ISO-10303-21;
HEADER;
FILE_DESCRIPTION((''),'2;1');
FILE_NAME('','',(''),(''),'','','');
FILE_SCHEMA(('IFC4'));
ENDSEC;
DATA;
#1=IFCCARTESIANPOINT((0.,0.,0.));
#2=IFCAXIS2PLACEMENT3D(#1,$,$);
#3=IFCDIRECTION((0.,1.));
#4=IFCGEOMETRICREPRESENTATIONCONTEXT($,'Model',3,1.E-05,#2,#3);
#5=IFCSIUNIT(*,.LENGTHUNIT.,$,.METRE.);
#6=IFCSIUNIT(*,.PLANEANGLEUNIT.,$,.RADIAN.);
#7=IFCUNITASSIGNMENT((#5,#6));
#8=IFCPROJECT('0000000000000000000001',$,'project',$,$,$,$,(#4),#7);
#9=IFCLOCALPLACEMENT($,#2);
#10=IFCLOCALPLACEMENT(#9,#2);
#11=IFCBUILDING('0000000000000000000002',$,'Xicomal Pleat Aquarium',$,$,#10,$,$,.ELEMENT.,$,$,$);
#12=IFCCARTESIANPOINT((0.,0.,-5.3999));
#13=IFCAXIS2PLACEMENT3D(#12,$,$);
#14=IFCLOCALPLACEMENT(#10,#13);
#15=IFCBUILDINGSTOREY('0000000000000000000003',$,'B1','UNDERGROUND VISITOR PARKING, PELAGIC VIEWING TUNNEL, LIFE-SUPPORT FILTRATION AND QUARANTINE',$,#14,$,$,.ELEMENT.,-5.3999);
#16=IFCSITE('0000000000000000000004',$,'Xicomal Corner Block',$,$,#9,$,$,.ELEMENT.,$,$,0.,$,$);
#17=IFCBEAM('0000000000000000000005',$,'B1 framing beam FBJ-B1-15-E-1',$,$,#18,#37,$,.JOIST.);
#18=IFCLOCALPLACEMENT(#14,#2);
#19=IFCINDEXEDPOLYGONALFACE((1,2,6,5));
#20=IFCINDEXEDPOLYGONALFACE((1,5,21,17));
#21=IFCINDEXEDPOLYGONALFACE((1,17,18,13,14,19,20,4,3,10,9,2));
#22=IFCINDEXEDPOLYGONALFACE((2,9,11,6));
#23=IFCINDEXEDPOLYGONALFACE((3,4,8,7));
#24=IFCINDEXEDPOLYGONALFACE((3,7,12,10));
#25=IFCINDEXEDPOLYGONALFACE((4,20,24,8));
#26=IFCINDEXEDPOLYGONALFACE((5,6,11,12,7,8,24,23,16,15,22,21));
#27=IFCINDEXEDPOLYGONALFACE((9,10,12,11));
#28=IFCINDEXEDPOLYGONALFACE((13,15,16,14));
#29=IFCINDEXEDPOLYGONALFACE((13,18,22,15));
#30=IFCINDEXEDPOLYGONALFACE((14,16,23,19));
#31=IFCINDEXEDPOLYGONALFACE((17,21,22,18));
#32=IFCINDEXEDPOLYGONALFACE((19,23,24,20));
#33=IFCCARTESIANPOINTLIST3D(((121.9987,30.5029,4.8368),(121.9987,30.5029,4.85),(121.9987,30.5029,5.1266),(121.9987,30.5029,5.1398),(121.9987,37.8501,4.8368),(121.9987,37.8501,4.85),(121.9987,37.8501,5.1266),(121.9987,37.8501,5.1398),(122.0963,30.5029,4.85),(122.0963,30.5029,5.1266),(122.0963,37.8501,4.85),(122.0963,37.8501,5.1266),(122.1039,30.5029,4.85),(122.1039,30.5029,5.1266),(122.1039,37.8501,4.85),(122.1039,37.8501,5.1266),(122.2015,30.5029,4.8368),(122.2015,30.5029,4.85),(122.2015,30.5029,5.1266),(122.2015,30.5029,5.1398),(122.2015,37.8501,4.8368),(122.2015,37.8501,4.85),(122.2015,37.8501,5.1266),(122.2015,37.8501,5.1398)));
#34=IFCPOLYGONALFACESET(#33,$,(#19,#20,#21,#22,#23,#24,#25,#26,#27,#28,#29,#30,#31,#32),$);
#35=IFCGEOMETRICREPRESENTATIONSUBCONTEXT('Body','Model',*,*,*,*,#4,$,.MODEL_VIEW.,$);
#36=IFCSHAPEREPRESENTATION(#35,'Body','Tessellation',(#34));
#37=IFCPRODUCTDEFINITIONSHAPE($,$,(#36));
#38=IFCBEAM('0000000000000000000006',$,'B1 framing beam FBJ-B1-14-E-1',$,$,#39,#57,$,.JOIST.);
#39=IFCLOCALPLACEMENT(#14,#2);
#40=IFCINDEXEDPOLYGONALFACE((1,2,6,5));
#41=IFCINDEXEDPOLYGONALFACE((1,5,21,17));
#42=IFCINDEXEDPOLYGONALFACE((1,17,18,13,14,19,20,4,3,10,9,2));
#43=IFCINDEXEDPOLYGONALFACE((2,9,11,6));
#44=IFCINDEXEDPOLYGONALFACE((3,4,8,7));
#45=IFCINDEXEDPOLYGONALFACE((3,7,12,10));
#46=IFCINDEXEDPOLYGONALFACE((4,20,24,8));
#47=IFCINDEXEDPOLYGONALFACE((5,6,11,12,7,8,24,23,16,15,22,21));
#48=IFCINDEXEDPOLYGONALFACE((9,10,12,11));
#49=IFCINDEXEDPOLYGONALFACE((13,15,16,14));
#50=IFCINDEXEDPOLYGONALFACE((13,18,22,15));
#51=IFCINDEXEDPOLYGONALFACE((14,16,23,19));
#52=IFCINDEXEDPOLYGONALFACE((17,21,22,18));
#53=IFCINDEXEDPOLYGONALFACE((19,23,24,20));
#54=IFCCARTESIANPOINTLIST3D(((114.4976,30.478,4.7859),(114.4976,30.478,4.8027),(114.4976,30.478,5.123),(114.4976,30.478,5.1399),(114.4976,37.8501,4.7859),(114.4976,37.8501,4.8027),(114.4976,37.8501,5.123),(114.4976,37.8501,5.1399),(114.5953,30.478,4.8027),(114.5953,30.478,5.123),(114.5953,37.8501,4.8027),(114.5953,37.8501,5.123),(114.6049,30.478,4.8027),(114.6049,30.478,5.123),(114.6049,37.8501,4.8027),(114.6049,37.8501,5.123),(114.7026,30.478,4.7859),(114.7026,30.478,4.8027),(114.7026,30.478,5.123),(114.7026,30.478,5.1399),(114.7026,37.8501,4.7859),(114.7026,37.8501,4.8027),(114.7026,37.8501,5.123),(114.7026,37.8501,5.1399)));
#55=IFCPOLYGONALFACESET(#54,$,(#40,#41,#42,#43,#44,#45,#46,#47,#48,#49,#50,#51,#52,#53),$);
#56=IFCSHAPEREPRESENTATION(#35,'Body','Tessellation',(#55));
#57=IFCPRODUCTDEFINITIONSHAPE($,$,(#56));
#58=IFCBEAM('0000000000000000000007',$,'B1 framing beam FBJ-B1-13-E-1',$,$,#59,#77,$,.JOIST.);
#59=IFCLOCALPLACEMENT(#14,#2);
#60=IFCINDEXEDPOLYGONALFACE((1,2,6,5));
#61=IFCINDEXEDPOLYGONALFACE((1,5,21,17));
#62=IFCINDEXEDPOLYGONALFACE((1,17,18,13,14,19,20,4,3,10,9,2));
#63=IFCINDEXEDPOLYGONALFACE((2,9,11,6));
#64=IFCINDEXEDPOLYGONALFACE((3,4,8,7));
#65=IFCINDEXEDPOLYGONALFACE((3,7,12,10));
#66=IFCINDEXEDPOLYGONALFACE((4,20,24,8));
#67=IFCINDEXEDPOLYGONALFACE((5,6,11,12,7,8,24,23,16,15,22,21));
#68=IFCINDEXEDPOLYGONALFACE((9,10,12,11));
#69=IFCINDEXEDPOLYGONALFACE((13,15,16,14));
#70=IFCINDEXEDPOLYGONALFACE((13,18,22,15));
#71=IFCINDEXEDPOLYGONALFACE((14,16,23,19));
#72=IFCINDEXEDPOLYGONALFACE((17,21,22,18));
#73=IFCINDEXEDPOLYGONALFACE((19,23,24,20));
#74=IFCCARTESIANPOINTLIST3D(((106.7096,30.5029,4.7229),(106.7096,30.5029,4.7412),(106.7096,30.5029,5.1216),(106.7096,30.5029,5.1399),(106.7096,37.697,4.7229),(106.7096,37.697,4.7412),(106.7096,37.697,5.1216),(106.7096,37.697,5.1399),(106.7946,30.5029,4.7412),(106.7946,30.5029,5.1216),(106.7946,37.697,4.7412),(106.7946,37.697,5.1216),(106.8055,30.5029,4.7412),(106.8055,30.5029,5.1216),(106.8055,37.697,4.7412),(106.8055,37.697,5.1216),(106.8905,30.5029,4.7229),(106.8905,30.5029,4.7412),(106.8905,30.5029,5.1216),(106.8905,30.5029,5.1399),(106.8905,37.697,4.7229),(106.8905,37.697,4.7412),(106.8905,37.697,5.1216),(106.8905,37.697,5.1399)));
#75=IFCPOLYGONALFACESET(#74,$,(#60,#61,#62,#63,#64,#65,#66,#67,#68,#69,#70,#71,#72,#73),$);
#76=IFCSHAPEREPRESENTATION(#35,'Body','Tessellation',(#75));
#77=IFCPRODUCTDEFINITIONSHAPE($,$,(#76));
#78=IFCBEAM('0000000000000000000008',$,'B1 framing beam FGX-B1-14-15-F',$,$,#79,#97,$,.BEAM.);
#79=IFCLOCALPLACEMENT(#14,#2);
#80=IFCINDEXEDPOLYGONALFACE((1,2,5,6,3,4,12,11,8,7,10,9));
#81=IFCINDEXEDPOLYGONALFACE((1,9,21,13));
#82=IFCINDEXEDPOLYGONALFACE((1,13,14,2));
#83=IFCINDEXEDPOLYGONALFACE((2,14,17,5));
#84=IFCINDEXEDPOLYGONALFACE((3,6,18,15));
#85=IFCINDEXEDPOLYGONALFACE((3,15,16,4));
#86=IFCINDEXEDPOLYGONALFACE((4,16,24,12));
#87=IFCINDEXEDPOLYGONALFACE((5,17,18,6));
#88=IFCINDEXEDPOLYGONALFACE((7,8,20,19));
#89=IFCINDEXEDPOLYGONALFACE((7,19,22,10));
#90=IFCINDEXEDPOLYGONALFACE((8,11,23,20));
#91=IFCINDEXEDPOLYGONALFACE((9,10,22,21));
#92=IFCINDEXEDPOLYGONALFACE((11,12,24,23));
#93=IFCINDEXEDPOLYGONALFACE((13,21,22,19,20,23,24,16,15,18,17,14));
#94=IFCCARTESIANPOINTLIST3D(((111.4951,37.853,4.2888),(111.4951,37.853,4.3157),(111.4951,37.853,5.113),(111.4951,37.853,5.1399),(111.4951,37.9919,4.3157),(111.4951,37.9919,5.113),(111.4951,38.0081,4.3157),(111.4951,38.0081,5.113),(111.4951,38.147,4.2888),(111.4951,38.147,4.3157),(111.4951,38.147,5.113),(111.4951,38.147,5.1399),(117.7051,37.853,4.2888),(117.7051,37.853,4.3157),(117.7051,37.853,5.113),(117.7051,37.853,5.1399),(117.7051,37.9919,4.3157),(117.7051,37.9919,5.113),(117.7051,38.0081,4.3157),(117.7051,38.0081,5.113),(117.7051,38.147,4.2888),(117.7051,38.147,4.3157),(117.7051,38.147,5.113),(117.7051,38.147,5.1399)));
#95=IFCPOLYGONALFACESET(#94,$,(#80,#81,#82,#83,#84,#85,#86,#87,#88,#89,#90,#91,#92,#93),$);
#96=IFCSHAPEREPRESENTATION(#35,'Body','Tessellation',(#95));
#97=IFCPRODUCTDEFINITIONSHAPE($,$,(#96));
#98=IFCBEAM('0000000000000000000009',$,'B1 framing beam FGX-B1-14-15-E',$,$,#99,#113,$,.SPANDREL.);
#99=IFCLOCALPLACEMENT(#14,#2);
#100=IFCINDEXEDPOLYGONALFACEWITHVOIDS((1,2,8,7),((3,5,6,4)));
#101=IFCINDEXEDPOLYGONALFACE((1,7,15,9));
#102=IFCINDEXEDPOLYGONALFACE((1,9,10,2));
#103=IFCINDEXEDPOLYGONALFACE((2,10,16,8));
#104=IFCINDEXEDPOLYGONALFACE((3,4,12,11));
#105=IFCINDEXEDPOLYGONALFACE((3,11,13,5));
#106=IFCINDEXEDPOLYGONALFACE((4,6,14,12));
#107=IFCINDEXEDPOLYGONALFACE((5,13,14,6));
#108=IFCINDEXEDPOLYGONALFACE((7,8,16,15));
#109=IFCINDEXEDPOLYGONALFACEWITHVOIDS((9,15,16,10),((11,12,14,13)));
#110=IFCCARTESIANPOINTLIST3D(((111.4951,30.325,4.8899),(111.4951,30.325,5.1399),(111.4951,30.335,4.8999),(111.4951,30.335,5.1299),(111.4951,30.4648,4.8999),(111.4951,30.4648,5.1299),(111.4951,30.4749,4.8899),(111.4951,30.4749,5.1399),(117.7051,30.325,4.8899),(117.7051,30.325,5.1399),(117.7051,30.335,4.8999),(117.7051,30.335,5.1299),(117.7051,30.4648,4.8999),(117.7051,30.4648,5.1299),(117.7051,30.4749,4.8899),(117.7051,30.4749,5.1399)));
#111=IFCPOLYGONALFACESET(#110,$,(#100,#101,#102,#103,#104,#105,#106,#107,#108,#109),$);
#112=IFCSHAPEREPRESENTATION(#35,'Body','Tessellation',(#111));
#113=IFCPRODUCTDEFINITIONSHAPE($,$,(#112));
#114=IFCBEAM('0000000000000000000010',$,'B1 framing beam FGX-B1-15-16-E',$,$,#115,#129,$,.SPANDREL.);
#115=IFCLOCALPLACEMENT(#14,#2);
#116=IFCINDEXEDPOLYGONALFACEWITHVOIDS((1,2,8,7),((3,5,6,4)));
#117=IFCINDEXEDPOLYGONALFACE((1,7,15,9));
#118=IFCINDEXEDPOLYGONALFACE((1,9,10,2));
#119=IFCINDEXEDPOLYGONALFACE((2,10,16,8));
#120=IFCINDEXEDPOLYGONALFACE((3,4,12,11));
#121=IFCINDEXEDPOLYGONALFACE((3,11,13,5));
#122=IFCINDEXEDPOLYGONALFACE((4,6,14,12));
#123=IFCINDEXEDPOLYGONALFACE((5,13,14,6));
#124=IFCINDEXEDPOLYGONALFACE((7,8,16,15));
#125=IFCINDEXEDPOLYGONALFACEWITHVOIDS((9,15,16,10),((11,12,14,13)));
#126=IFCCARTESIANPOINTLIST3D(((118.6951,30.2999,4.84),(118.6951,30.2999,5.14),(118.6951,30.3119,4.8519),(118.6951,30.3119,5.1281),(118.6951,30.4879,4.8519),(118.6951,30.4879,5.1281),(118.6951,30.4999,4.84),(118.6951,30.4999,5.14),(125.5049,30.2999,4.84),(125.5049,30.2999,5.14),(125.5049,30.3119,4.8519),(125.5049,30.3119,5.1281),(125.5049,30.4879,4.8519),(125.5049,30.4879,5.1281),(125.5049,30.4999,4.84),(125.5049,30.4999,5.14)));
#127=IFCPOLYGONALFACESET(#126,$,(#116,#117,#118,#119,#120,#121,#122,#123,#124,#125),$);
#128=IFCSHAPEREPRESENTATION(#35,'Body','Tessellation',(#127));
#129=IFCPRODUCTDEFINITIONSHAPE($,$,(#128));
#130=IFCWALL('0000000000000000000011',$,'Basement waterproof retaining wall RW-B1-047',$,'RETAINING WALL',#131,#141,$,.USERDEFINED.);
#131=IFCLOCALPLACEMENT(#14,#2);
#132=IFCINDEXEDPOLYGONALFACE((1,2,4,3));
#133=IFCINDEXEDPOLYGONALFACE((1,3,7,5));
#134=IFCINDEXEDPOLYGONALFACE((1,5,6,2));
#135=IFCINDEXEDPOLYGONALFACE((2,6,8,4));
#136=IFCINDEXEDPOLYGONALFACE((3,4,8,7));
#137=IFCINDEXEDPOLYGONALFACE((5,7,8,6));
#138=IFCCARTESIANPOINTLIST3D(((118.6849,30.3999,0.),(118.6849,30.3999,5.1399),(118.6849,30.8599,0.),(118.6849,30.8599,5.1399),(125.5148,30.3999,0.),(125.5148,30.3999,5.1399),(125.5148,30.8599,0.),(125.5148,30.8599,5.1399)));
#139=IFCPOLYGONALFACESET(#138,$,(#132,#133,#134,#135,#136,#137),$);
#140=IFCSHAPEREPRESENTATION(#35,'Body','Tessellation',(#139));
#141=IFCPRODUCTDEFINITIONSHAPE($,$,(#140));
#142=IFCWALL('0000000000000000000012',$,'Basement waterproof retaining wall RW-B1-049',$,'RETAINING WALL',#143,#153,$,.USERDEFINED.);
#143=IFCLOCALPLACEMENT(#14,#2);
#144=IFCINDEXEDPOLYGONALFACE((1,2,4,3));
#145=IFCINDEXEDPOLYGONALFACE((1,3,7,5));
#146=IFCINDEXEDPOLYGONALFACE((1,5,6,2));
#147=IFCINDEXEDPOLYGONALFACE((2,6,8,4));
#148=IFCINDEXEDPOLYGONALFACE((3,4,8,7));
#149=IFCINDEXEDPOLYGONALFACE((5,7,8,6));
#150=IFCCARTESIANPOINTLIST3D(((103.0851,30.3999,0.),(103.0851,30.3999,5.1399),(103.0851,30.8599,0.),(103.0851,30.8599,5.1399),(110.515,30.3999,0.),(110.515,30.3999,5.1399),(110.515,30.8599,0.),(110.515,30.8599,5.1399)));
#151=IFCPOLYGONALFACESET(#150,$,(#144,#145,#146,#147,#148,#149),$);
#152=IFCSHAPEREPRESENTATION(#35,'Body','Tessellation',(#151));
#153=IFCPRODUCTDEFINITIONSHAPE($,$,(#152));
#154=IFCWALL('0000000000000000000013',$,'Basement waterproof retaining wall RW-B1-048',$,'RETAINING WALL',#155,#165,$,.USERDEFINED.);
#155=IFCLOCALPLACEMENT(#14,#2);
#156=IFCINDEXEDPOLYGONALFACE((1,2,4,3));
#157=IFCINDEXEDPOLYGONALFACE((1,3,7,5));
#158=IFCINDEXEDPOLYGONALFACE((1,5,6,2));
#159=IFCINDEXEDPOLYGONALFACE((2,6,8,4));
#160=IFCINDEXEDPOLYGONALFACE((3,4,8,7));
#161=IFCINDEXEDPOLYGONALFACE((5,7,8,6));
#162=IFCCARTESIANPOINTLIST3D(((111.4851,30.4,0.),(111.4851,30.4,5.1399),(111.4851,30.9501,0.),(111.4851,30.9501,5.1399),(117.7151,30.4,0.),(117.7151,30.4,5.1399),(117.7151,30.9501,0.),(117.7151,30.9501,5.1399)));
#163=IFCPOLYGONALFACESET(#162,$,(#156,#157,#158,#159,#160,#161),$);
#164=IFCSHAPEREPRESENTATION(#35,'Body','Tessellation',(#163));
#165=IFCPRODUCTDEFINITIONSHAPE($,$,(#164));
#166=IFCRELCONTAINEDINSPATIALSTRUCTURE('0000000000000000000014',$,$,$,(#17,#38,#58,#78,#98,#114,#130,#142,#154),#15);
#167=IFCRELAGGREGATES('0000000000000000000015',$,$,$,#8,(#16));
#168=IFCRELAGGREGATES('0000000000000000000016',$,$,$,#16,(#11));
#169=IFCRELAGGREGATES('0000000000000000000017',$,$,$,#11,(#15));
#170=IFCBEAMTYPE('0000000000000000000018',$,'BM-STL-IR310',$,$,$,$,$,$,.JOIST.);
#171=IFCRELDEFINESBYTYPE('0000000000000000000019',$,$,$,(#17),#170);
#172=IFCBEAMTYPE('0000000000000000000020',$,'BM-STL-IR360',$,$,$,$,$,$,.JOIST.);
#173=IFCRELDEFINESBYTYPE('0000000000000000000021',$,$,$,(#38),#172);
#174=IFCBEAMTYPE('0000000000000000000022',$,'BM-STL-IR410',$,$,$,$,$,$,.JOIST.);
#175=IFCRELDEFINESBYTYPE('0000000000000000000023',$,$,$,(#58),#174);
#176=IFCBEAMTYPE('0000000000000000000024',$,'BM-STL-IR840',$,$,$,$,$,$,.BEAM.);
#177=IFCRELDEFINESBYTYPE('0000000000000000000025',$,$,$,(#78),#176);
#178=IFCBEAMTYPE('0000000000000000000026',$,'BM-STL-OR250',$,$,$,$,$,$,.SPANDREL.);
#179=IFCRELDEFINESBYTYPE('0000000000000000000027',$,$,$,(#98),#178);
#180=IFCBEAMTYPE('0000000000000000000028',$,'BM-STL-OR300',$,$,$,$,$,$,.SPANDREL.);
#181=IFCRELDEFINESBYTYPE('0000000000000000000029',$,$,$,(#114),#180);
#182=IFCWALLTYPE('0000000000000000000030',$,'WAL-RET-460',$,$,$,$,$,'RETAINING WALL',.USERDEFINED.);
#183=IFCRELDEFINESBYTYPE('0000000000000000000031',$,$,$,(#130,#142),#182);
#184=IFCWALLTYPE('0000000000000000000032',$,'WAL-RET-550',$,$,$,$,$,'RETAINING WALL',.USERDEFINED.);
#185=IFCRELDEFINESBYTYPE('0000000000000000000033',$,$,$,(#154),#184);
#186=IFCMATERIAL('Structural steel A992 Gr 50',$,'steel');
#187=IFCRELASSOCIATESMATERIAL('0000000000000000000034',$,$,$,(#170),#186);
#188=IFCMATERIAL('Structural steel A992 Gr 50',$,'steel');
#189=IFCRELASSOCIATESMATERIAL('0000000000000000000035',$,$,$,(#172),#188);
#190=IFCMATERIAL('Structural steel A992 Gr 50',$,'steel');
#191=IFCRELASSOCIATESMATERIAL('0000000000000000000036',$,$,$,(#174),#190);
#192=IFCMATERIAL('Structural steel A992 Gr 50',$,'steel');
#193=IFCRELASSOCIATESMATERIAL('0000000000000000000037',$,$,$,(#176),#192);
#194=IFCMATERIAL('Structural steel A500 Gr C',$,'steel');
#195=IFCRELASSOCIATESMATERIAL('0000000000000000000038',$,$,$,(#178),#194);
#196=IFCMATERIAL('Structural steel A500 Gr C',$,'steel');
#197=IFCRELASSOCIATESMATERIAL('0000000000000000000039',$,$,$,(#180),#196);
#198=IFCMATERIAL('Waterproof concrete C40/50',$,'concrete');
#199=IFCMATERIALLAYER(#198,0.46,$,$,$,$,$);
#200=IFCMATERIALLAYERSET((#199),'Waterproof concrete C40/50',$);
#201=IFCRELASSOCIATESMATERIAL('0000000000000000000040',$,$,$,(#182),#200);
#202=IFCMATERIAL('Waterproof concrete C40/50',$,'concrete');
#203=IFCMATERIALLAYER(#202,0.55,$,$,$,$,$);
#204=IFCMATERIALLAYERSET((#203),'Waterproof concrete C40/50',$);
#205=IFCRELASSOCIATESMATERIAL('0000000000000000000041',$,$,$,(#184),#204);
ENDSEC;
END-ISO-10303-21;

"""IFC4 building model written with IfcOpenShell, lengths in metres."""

from ifc_helpers import new_model, si_unit, direction, frame, frame_2d, origin, origin_2d, place, context, subcontext, project, spatial, rectangle, hollow_rectangle, i_section, extrude, material, layer, layer_set, material_profile, profile_set, type_object, element, save


model = new_model("IFC4")

# Units and contexts
model_context = context("Model", 3, precision=1e-05, world=origin(), true_north=direction((0.0, 1.0)))
body_context = subcontext(model_context, "Body", "Model", "MODEL_VIEW")
ifc_project = project(units=[si_unit("LENGTHUNIT", "METRE"), si_unit("PLANEANGLEUNIT", "RADIAN")], contexts=[model_context])

# Site, building, storey
site_placement = place(None, origin())
site = spatial("IfcSite", under=ifc_project, at=site_placement, Name="Xicomal Corner Block", CompositionType="ELEMENT", RefElevation=0.0)
building_placement = place(site_placement, origin())
building = spatial("IfcBuilding", under=site, at=building_placement, Name="Xicomal Pleat Aquarium", CompositionType="ELEMENT")
storey_placement = place(building_placement, frame((0.0, 0.0, -5.3999)))
storey = spatial("IfcBuildingStorey", under=building, at=storey_placement, Name="B1", Description="UNDERGROUND VISITOR PARKING, PELAGIC VIEWING TUNNEL, LIFE-SUPPORT FILTRATION AND QUARANTINE", CompositionType="ELEMENT", Elevation=-5.3999)

# Beams
ifc_material_1 = material(Name="Structural steel A992 Gr 50", Category="steel")
ifc_material_profile_1 = material_profile(ifc_material_1, i_section(OverallWidth=0.2029, OverallDepth=0.303, WebThickness=0.0076, FlangeThickness=0.0132, at=origin_2d()), Name="IR 310x60")
ifc_profile_set_1 = profile_set([ifc_material_profile_1], Name="Structural steel A992 Gr 50")
beam_type_1 = type_object("IfcBeamType", Name="BM-STL-IR310", PredefinedType="JOIST", material=ifc_profile_set_1)
beam_1_placement = place(storey_placement, frame((122.1001, 30.5029, 4.9883), z_axis=(0.0, 1.0, 0.0), x_axis=(-1.0, 0.0, 0.0)))
element("IfcBeam", 1, at=beam_1_placement, inside=storey, type_object=beam_type_1, Name="B1 framing beam FBJ-B1-15-E-1", PredefinedType="JOIST", context=body_context, shape_type="SweptSolid", body=[
    extrude(i_section(OverallWidth=0.2029, OverallDepth=0.303, WebThickness=0.0076, FlangeThickness=0.0132, at=origin_2d()), origin(), (0.0, 0.0, 1.0), 7.3472),
])
ifc_material_2 = material(Name="Structural steel A992 Gr 50", Category="steel")
ifc_material_profile_2 = material_profile(ifc_material_2, i_section(OverallWidth=0.2051, OverallDepth=0.354, WebThickness=0.0095, FlangeThickness=0.0168, at=origin_2d()), Name="IR 360x79")
ifc_profile_set_2 = profile_set([ifc_material_profile_2], Name="Structural steel A992 Gr 50")
beam_type_2 = type_object("IfcBeamType", Name="BM-STL-IR360", PredefinedType="JOIST", material=ifc_profile_set_2)
beam_2_placement = place(storey_placement, frame((114.6001, 30.478, 4.9629), z_axis=(0.0, 1.0, 0.0), x_axis=(-1.0, 0.0, 0.0)))
element("IfcBeam", 2, at=beam_2_placement, inside=storey, type_object=beam_type_2, Name="B1 framing beam FBJ-B1-14-E-1", PredefinedType="JOIST", context=body_context, shape_type="SweptSolid", body=[
    extrude(i_section(OverallWidth=0.2051, OverallDepth=0.354, WebThickness=0.0095, FlangeThickness=0.0168, at=origin_2d()), origin(), (0.0, 0.0, 1.0), 7.3721),
])
ifc_material_3 = material(Name="Structural steel A992 Gr 50", Category="steel")
ifc_material_profile_3 = material_profile(ifc_material_3, i_section(OverallWidth=0.1809, OverallDepth=0.417, WebThickness=0.011, FlangeThickness=0.0183, at=origin_2d()), Name="IR 410x85")
ifc_profile_set_3 = profile_set([ifc_material_profile_3], Name="Structural steel A992 Gr 50")
beam_type_3 = type_object("IfcBeamType", Name="BM-STL-IR410", PredefinedType="JOIST", material=ifc_profile_set_3)
beam_3_placement = place(storey_placement, frame((106.8, 30.5029, 4.9314), z_axis=(0.0, 1.0, 0.0), x_axis=(-1.0, 0.0, 0.0)))
element("IfcBeam", 3, at=beam_3_placement, inside=storey, type_object=beam_type_3, Name="B1 framing beam FBJ-B1-13-E-1", PredefinedType="JOIST", context=body_context, shape_type="SweptSolid", body=[
    extrude(i_section(OverallWidth=0.1809, OverallDepth=0.417, WebThickness=0.011, FlangeThickness=0.0183, at=origin_2d()), origin(), (0.0, 0.0, 1.0), 7.1941),
])
ifc_material_4 = material(Name="Structural steel A992 Gr 50", Category="steel")
ifc_material_profile_4 = material_profile(ifc_material_4, i_section(OverallWidth=0.2939, OverallDepth=0.8511, WebThickness=0.0161, FlangeThickness=0.0269, at=origin_2d()), Name="IR 840x226")
ifc_profile_set_4 = profile_set([ifc_material_profile_4], Name="Structural steel A992 Gr 50")
beam_type_4 = type_object("IfcBeamType", Name="BM-STL-IR840", PredefinedType="BEAM", material=ifc_profile_set_4)
beam_4_placement = place(storey_placement, frame((111.4951, 38.0, 4.7144), z_axis=(1.0, 0.0, 0.0), x_axis=(0.0, 1.0, 0.0)))
element("IfcBeam", 4, at=beam_4_placement, inside=storey, type_object=beam_type_4, Name="B1 framing beam FGX-B1-14-15-F", PredefinedType="BEAM", context=body_context, shape_type="SweptSolid", body=[
    extrude(i_section(OverallWidth=0.2939, OverallDepth=0.8511, WebThickness=0.0161, FlangeThickness=0.0269, at=origin_2d()), origin(), (0.0, 0.0, 1.0), 6.21),
])
ifc_material_5 = material(Name="Structural steel A500 Gr C", Category="steel")
ifc_material_profile_5 = material_profile(ifc_material_5, hollow_rectangle(XDim=0.1499, YDim=0.25, WallThickness=0.01, at=origin_2d()), Name="OR 250x150x10")
ifc_profile_set_5 = profile_set([ifc_material_profile_5], Name="Structural steel A500 Gr C")
beam_type_5 = type_object("IfcBeamType", Name="BM-STL-OR250", PredefinedType="SPANDREL", material=ifc_profile_set_5)
beam_5_placement = place(storey_placement, frame((111.4951, 30.3999, 5.0149), z_axis=(1.0, 0.0, 0.0), x_axis=(0.0, 1.0, 0.0)))
element("IfcBeam", 5, at=beam_5_placement, inside=storey, type_object=beam_type_5, Name="B1 framing beam FGX-B1-14-15-E", PredefinedType="SPANDREL", context=body_context, shape_type="SweptSolid", body=[
    extrude(hollow_rectangle(XDim=0.1499, YDim=0.25, WallThickness=0.01, at=origin_2d()), origin(), (0.0, 0.0, 1.0), 6.21),
])
ifc_material_6 = material(Name="Structural steel A500 Gr C", Category="steel")
ifc_material_profile_6 = material_profile(ifc_material_6, hollow_rectangle(XDim=0.2, YDim=0.3, WallThickness=0.012, at=origin_2d()), Name="OR 300x200x12")
ifc_profile_set_6 = profile_set([ifc_material_profile_6], Name="Structural steel A500 Gr C")
beam_type_6 = type_object("IfcBeamType", Name="BM-STL-OR300", PredefinedType="SPANDREL", material=ifc_profile_set_6)
beam_6_placement = place(storey_placement, frame((118.6951, 30.3999, 4.99), z_axis=(1.0, 0.0, 0.0), x_axis=(0.0, 1.0, 0.0)))
element("IfcBeam", 6, at=beam_6_placement, inside=storey, type_object=beam_type_6, Name="B1 framing beam FGX-B1-15-16-E", PredefinedType="SPANDREL", context=body_context, shape_type="SweptSolid", body=[
    extrude(hollow_rectangle(XDim=0.2, YDim=0.3, WallThickness=0.012, at=origin_2d()), origin(), (0.0, 0.0, 1.0), 6.8098),
])

# Walls
ifc_material_7 = material(Name="Waterproof concrete C40/50", Category="concrete")
ifc_layer_1 = layer(ifc_material_7, 0.46)
ifc_layer_set_1 = layer_set([ifc_layer_1], Name="Waterproof concrete C40/50")
wall_type_1 = type_object("IfcWallType", Name="WAL-RET-460", ElementType="RETAINING WALL", PredefinedType="USERDEFINED", material=ifc_layer_set_1)
wall_1_placement = place(storey_placement, frame((125.5149, 30.6299, 0.0), z_axis=(0.0, 0.0, 1.0), x_axis=(-1.0, 0.0, 0.0)))
element("IfcWall", 7, at=wall_1_placement, inside=storey, type_object=wall_type_1, Name="Basement waterproof retaining wall RW-B1-047", ObjectType="RETAINING WALL", PredefinedType="USERDEFINED", context=body_context, shape_type="SweptSolid", body=[
    extrude(rectangle(XDim=6.8298, YDim=0.46, at=frame_2d((3.415, 0.0))), origin(), (0.0, 0.0, 1.0), 5.1399),
])
wall_2_placement = place(storey_placement, frame((110.5149, 30.6299, 0.0), z_axis=(0.0, 0.0, 1.0), x_axis=(-1.0, 0.0, 0.0)))
element("IfcWall", 8, at=wall_2_placement, inside=storey, type_object=wall_type_1, Name="Basement waterproof retaining wall RW-B1-049", ObjectType="RETAINING WALL", PredefinedType="USERDEFINED", context=body_context, shape_type="SweptSolid", body=[
    extrude(rectangle(XDim=7.4299, YDim=0.46, at=frame_2d((3.7148, 0.0))), origin(), (0.0, 0.0, 1.0), 5.1399),
])
ifc_material_8 = material(Name="Waterproof concrete C40/50", Category="concrete")
ifc_layer_2 = layer(ifc_material_8, 0.55)
ifc_layer_set_2 = layer_set([ifc_layer_2], Name="Waterproof concrete C40/50")
wall_type_2 = type_object("IfcWallType", Name="WAL-RET-550", ElementType="RETAINING WALL", PredefinedType="USERDEFINED", material=ifc_layer_set_2)
wall_3_placement = place(storey_placement, frame((117.7151, 30.675, 0.0), z_axis=(0.0, 0.0, 1.0), x_axis=(-1.0, 0.0, 0.0)))
element("IfcWall", 9, at=wall_3_placement, inside=storey, type_object=wall_type_2, Name="Basement waterproof retaining wall RW-B1-048", ObjectType="RETAINING WALL", PredefinedType="USERDEFINED", context=body_context, shape_type="SweptSolid", body=[
    extrude(rectangle(XDim=6.23, YDim=0.55, at=frame_2d((3.115, 0.0))), origin(), (0.0, 0.0, 1.0), 5.1399),
])

save(model, "model.ifc")
